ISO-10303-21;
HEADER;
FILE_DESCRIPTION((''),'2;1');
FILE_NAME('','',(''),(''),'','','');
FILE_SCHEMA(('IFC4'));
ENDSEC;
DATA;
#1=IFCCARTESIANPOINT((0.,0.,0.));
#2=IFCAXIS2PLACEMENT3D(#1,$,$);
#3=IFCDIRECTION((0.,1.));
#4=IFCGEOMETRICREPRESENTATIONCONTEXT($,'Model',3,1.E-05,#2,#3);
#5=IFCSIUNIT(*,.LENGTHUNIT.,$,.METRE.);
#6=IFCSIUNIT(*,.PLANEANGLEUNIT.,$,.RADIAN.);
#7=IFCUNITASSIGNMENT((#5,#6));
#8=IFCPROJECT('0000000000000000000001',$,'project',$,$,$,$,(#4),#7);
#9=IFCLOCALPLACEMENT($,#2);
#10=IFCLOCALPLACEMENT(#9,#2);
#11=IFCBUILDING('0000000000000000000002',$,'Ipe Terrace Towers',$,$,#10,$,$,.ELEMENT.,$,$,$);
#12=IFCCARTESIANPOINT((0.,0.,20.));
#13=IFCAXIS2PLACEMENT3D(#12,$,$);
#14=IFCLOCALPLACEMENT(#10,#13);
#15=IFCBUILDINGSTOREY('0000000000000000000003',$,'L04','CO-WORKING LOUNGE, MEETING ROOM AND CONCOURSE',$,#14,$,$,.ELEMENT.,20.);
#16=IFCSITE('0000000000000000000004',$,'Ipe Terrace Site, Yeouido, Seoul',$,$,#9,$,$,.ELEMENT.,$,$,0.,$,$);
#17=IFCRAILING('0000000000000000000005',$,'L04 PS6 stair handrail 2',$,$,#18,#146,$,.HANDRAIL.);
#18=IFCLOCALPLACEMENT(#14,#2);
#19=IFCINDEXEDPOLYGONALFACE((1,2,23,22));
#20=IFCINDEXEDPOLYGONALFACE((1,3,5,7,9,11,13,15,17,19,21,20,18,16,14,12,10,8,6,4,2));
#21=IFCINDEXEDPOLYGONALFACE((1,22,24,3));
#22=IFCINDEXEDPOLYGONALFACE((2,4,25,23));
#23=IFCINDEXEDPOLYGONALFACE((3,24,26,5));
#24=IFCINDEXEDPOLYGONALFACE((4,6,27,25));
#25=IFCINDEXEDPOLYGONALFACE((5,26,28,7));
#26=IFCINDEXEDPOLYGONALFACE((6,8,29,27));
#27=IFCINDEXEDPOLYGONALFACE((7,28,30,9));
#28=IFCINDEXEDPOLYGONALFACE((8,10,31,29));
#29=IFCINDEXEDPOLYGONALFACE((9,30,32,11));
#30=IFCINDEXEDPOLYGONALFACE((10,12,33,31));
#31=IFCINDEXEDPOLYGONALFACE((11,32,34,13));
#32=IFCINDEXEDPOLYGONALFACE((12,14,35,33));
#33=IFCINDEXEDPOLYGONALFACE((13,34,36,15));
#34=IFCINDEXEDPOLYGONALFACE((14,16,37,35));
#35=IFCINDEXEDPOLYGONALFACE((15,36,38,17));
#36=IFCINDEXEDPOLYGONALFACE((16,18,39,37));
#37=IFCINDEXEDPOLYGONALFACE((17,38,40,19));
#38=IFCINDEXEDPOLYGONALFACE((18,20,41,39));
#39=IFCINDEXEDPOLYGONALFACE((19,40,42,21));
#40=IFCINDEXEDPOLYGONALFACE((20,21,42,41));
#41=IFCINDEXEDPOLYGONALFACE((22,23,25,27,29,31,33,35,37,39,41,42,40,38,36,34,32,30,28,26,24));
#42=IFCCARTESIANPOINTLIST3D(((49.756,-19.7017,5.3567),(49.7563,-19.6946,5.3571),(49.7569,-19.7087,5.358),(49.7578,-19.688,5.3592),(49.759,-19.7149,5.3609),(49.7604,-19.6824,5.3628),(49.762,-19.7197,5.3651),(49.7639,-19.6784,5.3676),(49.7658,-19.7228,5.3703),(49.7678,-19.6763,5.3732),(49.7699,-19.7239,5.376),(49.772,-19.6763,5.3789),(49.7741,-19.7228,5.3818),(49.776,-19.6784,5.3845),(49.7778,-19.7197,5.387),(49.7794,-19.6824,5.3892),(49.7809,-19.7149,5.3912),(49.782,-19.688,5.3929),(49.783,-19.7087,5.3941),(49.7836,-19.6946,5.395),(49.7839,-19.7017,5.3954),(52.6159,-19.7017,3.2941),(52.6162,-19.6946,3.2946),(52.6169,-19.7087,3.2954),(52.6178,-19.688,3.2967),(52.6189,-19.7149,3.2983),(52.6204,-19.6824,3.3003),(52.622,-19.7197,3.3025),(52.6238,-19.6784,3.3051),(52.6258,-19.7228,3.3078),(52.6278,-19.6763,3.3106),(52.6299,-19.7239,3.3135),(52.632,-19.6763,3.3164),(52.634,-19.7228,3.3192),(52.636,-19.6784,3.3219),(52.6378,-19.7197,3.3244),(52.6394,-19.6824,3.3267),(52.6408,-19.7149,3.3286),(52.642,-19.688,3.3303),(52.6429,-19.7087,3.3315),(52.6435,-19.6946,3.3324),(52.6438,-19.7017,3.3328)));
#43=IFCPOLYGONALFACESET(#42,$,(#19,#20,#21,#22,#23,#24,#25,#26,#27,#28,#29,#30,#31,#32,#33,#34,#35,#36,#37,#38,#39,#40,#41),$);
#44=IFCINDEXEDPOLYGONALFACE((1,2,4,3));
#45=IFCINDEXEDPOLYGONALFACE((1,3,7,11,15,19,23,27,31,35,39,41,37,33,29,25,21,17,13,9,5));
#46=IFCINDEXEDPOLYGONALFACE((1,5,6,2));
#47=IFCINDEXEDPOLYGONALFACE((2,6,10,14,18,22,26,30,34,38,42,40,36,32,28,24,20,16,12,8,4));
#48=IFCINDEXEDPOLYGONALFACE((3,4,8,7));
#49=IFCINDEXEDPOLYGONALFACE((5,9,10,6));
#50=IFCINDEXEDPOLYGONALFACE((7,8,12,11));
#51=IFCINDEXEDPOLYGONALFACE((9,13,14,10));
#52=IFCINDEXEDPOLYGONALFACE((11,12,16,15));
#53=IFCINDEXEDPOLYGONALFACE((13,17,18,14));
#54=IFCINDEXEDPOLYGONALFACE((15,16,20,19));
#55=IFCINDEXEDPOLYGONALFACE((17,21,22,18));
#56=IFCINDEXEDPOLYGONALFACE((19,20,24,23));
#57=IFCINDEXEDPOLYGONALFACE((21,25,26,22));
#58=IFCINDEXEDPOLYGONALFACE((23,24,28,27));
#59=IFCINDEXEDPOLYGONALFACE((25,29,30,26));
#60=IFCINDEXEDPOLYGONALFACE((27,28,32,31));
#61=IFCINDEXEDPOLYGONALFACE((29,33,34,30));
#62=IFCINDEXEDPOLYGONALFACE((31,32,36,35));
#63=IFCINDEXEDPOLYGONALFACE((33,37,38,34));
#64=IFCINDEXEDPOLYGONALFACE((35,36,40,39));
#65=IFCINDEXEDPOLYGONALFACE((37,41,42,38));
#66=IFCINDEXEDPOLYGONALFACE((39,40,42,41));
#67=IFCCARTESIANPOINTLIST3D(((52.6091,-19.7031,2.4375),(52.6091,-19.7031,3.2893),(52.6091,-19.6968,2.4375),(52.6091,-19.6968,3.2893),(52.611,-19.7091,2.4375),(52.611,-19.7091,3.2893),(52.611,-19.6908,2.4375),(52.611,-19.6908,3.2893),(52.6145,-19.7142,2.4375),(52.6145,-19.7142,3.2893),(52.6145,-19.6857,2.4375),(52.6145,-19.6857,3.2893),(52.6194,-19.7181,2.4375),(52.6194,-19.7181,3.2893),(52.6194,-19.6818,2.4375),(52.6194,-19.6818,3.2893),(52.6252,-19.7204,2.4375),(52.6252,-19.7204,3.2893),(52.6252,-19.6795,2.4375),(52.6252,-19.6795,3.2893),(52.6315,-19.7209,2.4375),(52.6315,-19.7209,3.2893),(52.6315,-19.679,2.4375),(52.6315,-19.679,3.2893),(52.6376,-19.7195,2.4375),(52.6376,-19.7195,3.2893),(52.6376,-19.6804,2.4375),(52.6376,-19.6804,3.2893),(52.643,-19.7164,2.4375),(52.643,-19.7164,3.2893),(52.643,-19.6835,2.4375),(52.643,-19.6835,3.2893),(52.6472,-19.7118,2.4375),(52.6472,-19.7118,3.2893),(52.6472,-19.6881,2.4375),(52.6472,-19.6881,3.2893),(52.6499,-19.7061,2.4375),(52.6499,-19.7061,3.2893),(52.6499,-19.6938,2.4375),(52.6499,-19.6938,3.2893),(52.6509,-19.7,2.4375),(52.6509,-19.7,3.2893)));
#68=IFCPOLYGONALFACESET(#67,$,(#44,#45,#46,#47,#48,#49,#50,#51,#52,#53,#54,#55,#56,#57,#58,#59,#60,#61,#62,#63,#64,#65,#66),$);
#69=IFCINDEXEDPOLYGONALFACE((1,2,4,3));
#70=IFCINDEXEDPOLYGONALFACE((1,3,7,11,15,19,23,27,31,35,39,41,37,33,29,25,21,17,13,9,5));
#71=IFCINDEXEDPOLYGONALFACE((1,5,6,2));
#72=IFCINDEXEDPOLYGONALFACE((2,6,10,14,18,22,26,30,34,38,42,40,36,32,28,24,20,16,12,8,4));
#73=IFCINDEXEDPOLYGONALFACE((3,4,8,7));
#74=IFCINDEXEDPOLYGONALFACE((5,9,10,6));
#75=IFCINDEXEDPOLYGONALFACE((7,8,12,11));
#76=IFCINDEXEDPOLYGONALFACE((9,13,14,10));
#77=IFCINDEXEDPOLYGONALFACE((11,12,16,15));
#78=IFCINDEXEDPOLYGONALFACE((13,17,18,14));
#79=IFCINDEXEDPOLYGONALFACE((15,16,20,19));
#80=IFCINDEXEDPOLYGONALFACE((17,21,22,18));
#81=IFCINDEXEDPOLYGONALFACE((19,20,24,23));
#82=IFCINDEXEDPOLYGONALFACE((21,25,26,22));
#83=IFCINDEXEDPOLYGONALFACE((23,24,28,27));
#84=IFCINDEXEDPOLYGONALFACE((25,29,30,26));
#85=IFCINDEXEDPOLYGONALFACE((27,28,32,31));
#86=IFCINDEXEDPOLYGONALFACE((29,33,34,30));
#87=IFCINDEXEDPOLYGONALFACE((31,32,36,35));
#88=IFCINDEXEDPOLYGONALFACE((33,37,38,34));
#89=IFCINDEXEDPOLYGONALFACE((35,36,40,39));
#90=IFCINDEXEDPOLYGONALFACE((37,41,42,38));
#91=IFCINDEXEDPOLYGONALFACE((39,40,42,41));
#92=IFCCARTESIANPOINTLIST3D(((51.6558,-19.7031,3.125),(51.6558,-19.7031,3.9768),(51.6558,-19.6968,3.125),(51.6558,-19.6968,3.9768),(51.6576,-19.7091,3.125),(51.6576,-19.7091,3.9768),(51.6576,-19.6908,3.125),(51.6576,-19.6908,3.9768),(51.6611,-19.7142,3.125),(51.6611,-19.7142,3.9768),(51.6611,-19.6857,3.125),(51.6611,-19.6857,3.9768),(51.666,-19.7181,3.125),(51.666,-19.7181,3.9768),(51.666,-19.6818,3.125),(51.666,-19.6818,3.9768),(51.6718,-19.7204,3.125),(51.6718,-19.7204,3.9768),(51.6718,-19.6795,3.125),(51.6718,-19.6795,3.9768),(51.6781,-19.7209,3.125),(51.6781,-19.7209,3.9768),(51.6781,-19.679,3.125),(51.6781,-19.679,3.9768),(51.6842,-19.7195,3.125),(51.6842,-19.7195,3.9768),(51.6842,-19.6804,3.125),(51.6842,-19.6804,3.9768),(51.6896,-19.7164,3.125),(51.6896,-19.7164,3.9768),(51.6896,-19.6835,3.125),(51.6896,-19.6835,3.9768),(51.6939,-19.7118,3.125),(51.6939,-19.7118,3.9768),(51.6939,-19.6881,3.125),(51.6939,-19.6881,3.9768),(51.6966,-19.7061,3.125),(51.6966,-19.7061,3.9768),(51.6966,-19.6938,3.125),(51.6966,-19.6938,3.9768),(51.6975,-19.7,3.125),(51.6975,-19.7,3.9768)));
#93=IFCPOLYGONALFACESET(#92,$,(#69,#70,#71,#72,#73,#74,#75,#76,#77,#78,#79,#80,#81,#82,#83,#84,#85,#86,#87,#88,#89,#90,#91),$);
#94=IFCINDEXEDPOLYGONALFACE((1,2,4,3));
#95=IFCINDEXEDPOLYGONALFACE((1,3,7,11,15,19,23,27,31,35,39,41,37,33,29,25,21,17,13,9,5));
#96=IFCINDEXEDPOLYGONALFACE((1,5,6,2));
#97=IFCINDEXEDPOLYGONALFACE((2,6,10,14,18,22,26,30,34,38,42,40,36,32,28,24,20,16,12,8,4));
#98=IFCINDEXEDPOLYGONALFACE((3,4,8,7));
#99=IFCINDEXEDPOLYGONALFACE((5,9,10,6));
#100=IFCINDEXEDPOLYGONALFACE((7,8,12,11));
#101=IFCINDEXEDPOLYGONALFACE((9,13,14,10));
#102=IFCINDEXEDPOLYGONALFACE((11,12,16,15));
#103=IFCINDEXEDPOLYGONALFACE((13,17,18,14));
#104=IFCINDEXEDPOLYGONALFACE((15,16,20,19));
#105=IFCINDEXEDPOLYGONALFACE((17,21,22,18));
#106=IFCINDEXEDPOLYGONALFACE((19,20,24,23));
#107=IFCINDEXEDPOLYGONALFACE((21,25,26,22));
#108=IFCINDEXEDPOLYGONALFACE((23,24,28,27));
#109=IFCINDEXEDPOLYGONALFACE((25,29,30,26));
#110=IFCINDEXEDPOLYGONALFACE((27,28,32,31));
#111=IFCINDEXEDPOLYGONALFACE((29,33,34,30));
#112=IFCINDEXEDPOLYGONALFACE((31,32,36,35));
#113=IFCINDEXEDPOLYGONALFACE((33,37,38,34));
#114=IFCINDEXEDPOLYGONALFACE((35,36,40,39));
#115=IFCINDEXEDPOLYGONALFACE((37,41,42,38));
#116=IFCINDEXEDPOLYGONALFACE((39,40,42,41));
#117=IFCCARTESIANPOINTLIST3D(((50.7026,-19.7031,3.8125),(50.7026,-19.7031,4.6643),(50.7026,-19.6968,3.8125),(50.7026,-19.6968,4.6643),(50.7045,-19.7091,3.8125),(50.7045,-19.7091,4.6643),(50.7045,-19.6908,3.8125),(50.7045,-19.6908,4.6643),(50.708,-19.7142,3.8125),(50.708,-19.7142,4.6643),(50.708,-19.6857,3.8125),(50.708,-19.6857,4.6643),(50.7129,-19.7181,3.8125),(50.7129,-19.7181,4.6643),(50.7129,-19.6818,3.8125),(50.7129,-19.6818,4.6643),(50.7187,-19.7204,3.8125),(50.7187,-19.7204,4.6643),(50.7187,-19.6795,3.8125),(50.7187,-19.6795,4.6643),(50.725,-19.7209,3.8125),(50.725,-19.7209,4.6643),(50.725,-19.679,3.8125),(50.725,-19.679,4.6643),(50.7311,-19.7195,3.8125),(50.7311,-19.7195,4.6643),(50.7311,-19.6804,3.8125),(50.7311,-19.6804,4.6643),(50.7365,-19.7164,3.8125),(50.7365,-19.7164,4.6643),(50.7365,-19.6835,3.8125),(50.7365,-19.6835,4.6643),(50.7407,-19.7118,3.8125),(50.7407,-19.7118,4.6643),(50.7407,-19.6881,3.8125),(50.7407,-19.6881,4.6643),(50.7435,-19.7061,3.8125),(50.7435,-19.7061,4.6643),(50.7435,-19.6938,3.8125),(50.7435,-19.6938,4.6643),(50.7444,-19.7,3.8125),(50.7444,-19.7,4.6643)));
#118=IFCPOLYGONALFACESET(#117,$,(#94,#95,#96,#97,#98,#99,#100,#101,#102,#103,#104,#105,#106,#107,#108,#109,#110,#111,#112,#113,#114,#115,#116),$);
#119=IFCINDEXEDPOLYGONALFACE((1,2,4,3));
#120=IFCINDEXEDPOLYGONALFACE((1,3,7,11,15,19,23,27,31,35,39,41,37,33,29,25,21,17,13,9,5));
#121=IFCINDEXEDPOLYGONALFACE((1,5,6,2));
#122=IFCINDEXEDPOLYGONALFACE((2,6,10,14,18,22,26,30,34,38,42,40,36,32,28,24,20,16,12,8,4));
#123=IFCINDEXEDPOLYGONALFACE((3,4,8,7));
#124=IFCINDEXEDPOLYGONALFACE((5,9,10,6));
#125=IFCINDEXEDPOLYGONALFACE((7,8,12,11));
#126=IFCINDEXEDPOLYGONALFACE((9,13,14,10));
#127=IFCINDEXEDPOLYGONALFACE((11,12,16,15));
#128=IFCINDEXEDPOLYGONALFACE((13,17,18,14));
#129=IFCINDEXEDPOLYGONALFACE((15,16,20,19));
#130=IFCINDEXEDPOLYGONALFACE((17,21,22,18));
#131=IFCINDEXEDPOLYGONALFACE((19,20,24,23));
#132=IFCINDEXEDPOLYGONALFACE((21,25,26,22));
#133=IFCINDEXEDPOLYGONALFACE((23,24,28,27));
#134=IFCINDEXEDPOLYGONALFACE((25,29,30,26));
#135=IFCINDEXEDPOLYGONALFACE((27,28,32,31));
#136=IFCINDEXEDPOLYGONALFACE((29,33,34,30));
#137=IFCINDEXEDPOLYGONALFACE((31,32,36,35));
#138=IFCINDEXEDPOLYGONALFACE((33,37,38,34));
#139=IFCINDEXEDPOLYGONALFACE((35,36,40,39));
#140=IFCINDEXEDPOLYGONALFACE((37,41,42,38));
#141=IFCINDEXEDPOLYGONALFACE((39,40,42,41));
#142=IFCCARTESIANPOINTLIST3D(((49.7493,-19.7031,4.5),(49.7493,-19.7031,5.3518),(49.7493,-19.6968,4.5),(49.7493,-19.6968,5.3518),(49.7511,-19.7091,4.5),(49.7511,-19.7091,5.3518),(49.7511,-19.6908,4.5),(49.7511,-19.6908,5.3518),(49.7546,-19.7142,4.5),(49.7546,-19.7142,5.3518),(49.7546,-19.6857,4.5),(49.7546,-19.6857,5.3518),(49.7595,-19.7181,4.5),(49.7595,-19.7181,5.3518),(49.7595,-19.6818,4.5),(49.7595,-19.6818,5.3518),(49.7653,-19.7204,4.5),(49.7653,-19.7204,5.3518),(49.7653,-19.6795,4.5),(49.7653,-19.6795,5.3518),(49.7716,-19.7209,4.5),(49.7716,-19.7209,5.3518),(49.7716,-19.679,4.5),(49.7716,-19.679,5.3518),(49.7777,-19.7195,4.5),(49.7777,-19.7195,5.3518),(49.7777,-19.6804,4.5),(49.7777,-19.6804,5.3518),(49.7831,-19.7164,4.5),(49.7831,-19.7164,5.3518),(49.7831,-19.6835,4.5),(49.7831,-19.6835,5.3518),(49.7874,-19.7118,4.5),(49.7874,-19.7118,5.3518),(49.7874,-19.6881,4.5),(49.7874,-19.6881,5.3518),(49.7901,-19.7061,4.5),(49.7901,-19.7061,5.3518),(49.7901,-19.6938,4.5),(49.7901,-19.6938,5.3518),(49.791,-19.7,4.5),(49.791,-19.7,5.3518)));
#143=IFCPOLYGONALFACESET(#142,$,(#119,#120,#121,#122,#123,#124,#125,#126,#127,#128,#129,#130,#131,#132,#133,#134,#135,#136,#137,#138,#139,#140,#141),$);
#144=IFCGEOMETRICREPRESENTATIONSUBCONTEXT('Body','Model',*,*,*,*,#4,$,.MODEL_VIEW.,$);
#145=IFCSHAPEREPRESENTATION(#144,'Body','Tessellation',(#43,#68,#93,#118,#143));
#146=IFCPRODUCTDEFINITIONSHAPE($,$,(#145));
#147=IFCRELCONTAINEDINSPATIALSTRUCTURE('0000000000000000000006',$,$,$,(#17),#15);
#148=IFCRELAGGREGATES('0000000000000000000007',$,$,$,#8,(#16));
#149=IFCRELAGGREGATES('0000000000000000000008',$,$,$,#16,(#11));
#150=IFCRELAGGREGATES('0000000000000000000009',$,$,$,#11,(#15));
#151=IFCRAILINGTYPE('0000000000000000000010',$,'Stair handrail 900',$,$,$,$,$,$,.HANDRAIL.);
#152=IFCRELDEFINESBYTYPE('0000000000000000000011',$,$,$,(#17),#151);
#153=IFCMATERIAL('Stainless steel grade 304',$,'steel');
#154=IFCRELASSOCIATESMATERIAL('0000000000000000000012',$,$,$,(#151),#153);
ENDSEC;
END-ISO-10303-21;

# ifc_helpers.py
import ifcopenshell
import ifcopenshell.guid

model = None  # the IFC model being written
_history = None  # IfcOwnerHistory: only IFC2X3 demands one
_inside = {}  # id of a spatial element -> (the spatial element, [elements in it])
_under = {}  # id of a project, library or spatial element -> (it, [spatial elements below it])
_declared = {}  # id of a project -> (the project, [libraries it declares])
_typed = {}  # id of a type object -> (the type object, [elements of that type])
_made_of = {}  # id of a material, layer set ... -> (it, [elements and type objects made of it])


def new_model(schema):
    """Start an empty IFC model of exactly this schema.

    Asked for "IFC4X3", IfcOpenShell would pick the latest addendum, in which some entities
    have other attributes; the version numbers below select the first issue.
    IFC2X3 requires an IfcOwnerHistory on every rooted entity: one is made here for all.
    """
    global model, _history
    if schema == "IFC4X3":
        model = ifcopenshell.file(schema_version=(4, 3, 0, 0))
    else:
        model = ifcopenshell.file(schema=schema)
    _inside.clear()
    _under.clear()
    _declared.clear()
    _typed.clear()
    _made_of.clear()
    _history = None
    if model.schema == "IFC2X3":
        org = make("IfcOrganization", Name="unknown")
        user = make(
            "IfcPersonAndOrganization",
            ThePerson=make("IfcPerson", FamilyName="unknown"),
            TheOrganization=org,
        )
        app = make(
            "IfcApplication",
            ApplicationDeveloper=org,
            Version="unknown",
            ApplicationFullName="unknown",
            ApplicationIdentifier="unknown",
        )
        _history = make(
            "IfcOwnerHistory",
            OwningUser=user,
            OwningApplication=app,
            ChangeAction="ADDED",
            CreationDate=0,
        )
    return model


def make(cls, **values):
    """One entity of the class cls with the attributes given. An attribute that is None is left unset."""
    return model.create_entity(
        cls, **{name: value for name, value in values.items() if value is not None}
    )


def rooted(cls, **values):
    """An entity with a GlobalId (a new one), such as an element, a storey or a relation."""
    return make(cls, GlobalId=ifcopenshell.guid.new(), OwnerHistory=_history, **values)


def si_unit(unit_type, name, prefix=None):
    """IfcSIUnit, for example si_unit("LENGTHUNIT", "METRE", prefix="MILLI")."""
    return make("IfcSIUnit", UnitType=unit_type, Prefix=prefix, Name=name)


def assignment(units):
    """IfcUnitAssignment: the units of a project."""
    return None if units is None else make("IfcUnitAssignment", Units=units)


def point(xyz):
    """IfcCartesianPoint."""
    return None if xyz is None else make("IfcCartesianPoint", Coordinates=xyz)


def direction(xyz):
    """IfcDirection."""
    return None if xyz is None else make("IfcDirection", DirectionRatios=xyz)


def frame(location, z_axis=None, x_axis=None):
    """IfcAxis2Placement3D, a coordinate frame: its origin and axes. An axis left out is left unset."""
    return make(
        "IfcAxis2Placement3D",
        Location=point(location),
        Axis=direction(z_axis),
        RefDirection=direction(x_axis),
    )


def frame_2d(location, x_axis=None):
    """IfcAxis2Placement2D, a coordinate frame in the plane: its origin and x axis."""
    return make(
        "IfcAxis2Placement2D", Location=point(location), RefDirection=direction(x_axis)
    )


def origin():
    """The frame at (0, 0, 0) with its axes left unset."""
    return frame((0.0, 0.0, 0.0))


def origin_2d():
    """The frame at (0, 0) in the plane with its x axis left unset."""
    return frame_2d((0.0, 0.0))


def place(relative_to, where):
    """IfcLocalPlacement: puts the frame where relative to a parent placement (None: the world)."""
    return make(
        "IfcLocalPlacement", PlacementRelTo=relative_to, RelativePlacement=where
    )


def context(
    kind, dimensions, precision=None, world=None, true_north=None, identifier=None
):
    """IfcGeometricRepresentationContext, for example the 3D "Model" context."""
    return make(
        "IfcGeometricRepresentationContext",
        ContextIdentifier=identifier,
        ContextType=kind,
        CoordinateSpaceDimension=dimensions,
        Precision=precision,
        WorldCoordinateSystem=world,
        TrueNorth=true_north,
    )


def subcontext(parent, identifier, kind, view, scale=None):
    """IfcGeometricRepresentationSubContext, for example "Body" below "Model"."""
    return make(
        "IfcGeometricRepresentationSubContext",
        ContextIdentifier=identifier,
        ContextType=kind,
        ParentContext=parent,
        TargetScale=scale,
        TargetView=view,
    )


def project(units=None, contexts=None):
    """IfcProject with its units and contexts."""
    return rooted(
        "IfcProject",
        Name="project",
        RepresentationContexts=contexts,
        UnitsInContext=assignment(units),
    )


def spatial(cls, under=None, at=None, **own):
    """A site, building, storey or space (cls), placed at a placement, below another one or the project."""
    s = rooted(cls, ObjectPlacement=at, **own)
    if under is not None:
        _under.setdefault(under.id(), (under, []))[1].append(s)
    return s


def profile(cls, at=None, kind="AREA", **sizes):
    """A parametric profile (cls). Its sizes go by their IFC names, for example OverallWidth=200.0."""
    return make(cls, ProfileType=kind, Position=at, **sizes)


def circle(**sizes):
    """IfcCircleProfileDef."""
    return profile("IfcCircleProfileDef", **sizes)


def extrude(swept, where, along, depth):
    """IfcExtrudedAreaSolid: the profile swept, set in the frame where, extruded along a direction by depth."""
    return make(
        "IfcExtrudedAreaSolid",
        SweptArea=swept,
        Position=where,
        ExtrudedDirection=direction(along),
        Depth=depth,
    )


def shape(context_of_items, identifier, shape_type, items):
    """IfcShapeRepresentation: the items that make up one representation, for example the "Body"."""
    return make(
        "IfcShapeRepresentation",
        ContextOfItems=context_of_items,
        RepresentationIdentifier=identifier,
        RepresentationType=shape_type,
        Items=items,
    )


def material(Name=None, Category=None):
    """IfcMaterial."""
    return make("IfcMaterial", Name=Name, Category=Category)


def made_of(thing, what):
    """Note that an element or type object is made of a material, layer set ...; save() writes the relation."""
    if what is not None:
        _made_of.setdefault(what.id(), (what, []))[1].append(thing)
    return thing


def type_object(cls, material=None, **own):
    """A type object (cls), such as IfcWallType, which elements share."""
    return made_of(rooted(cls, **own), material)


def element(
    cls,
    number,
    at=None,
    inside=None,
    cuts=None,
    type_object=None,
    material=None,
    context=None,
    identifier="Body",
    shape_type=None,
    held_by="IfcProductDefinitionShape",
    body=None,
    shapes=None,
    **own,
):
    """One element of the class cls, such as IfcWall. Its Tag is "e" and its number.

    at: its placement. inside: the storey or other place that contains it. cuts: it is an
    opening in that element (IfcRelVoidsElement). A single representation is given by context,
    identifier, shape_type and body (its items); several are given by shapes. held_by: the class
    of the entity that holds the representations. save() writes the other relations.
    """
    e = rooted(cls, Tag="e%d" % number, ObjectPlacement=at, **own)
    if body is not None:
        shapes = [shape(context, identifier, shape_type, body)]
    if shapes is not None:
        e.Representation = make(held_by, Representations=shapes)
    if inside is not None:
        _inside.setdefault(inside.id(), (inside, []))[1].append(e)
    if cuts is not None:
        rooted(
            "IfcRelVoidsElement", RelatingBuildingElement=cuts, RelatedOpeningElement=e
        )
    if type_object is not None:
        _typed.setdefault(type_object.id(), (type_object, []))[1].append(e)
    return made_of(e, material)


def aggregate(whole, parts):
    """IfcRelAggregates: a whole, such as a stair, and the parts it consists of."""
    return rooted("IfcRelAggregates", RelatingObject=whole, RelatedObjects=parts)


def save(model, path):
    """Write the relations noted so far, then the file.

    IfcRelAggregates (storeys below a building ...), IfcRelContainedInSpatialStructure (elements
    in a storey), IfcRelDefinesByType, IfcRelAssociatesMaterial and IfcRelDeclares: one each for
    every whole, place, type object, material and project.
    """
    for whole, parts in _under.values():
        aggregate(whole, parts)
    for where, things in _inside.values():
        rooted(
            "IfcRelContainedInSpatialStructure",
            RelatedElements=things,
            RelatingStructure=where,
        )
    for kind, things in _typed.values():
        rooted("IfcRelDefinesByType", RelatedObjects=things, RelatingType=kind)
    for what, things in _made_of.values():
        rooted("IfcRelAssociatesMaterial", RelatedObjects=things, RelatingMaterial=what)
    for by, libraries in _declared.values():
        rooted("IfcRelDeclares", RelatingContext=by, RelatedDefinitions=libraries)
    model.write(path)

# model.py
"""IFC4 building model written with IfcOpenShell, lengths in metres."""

from ifc_helpers import new_model, si_unit, direction, frame, origin, origin_2d, place, context, subcontext, project, spatial, circle, extrude, material, type_object, element, save


model = new_model("IFC4")

# Units and contexts
model_context = context("Model", 3, precision=1e-05, world=origin(), true_north=direction((0.0, 1.0)))
body_context = subcontext(model_context, "Body", "Model", "MODEL_VIEW")
ifc_project = project(units=[si_unit("LENGTHUNIT", "METRE"), si_unit("PLANEANGLEUNIT", "RADIAN")], contexts=[model_context])

# Site, building, storey
site_placement = place(None, origin())
site = spatial("IfcSite", under=ifc_project, at=site_placement, Name="Ipe Terrace Site, Yeouido, Seoul", CompositionType="ELEMENT", RefElevation=0.0)
building_placement = place(site_placement, origin())
building = spatial("IfcBuilding", under=site, at=building_placement, Name="Ipe Terrace Towers", CompositionType="ELEMENT")
storey_placement = place(building_placement, frame((0.0, 0.0, 20.0)))
storey = spatial("IfcBuildingStorey", under=building, at=storey_placement, Name="L04", Description="CO-WORKING LOUNGE, MEETING ROOM AND CONCOURSE", CompositionType="ELEMENT", Elevation=20.0)

# Railing
ifc_material_1 = material(Name="Stainless steel grade 304", Category="steel")
railing_type_1 = type_object("IfcRailingType", Name="Stair handrail 900", PredefinedType="HANDRAIL", material=ifc_material_1)
railing_1_placement = place(storey_placement, frame((52.6299, -19.7, 2.4375)))
element("IfcRailing", 1, at=railing_1_placement, inside=storey, type_object=railing_type_1, Name="L04 PS6 stair handrail 2", PredefinedType="HANDRAIL", context=body_context, shape_type="SweptSolid", body=[
    extrude(circle(Radius=0.0239, at=origin_2d()), frame((0.0, 0.0, 0.876), z_axis=(-0.811077, 0.0, 0.584939), x_axis=(0.0, -1.0, 0.0)), (0.0, 0.0, 1.0), 3.5261),
    extrude(circle(Radius=0.021, at=origin_2d()), origin(), (0.0, 0.0, 1.0), 0.8518),
    extrude(circle(Radius=0.021, at=origin_2d()), frame((-0.9534, 0.0, 0.6875)), (0.0, 0.0, 1.0), 0.8518),
    extrude(circle(Radius=0.021, at=origin_2d()), frame((-1.9065, 0.0, 1.375)), (0.0, 0.0, 1.0), 0.8518),
    extrude(circle(Radius=0.021, at=origin_2d()), frame((-2.8599, 0.0, 2.0625)), (0.0, 0.0, 1.0), 0.8518),
])

save(model, "model.ifc")
